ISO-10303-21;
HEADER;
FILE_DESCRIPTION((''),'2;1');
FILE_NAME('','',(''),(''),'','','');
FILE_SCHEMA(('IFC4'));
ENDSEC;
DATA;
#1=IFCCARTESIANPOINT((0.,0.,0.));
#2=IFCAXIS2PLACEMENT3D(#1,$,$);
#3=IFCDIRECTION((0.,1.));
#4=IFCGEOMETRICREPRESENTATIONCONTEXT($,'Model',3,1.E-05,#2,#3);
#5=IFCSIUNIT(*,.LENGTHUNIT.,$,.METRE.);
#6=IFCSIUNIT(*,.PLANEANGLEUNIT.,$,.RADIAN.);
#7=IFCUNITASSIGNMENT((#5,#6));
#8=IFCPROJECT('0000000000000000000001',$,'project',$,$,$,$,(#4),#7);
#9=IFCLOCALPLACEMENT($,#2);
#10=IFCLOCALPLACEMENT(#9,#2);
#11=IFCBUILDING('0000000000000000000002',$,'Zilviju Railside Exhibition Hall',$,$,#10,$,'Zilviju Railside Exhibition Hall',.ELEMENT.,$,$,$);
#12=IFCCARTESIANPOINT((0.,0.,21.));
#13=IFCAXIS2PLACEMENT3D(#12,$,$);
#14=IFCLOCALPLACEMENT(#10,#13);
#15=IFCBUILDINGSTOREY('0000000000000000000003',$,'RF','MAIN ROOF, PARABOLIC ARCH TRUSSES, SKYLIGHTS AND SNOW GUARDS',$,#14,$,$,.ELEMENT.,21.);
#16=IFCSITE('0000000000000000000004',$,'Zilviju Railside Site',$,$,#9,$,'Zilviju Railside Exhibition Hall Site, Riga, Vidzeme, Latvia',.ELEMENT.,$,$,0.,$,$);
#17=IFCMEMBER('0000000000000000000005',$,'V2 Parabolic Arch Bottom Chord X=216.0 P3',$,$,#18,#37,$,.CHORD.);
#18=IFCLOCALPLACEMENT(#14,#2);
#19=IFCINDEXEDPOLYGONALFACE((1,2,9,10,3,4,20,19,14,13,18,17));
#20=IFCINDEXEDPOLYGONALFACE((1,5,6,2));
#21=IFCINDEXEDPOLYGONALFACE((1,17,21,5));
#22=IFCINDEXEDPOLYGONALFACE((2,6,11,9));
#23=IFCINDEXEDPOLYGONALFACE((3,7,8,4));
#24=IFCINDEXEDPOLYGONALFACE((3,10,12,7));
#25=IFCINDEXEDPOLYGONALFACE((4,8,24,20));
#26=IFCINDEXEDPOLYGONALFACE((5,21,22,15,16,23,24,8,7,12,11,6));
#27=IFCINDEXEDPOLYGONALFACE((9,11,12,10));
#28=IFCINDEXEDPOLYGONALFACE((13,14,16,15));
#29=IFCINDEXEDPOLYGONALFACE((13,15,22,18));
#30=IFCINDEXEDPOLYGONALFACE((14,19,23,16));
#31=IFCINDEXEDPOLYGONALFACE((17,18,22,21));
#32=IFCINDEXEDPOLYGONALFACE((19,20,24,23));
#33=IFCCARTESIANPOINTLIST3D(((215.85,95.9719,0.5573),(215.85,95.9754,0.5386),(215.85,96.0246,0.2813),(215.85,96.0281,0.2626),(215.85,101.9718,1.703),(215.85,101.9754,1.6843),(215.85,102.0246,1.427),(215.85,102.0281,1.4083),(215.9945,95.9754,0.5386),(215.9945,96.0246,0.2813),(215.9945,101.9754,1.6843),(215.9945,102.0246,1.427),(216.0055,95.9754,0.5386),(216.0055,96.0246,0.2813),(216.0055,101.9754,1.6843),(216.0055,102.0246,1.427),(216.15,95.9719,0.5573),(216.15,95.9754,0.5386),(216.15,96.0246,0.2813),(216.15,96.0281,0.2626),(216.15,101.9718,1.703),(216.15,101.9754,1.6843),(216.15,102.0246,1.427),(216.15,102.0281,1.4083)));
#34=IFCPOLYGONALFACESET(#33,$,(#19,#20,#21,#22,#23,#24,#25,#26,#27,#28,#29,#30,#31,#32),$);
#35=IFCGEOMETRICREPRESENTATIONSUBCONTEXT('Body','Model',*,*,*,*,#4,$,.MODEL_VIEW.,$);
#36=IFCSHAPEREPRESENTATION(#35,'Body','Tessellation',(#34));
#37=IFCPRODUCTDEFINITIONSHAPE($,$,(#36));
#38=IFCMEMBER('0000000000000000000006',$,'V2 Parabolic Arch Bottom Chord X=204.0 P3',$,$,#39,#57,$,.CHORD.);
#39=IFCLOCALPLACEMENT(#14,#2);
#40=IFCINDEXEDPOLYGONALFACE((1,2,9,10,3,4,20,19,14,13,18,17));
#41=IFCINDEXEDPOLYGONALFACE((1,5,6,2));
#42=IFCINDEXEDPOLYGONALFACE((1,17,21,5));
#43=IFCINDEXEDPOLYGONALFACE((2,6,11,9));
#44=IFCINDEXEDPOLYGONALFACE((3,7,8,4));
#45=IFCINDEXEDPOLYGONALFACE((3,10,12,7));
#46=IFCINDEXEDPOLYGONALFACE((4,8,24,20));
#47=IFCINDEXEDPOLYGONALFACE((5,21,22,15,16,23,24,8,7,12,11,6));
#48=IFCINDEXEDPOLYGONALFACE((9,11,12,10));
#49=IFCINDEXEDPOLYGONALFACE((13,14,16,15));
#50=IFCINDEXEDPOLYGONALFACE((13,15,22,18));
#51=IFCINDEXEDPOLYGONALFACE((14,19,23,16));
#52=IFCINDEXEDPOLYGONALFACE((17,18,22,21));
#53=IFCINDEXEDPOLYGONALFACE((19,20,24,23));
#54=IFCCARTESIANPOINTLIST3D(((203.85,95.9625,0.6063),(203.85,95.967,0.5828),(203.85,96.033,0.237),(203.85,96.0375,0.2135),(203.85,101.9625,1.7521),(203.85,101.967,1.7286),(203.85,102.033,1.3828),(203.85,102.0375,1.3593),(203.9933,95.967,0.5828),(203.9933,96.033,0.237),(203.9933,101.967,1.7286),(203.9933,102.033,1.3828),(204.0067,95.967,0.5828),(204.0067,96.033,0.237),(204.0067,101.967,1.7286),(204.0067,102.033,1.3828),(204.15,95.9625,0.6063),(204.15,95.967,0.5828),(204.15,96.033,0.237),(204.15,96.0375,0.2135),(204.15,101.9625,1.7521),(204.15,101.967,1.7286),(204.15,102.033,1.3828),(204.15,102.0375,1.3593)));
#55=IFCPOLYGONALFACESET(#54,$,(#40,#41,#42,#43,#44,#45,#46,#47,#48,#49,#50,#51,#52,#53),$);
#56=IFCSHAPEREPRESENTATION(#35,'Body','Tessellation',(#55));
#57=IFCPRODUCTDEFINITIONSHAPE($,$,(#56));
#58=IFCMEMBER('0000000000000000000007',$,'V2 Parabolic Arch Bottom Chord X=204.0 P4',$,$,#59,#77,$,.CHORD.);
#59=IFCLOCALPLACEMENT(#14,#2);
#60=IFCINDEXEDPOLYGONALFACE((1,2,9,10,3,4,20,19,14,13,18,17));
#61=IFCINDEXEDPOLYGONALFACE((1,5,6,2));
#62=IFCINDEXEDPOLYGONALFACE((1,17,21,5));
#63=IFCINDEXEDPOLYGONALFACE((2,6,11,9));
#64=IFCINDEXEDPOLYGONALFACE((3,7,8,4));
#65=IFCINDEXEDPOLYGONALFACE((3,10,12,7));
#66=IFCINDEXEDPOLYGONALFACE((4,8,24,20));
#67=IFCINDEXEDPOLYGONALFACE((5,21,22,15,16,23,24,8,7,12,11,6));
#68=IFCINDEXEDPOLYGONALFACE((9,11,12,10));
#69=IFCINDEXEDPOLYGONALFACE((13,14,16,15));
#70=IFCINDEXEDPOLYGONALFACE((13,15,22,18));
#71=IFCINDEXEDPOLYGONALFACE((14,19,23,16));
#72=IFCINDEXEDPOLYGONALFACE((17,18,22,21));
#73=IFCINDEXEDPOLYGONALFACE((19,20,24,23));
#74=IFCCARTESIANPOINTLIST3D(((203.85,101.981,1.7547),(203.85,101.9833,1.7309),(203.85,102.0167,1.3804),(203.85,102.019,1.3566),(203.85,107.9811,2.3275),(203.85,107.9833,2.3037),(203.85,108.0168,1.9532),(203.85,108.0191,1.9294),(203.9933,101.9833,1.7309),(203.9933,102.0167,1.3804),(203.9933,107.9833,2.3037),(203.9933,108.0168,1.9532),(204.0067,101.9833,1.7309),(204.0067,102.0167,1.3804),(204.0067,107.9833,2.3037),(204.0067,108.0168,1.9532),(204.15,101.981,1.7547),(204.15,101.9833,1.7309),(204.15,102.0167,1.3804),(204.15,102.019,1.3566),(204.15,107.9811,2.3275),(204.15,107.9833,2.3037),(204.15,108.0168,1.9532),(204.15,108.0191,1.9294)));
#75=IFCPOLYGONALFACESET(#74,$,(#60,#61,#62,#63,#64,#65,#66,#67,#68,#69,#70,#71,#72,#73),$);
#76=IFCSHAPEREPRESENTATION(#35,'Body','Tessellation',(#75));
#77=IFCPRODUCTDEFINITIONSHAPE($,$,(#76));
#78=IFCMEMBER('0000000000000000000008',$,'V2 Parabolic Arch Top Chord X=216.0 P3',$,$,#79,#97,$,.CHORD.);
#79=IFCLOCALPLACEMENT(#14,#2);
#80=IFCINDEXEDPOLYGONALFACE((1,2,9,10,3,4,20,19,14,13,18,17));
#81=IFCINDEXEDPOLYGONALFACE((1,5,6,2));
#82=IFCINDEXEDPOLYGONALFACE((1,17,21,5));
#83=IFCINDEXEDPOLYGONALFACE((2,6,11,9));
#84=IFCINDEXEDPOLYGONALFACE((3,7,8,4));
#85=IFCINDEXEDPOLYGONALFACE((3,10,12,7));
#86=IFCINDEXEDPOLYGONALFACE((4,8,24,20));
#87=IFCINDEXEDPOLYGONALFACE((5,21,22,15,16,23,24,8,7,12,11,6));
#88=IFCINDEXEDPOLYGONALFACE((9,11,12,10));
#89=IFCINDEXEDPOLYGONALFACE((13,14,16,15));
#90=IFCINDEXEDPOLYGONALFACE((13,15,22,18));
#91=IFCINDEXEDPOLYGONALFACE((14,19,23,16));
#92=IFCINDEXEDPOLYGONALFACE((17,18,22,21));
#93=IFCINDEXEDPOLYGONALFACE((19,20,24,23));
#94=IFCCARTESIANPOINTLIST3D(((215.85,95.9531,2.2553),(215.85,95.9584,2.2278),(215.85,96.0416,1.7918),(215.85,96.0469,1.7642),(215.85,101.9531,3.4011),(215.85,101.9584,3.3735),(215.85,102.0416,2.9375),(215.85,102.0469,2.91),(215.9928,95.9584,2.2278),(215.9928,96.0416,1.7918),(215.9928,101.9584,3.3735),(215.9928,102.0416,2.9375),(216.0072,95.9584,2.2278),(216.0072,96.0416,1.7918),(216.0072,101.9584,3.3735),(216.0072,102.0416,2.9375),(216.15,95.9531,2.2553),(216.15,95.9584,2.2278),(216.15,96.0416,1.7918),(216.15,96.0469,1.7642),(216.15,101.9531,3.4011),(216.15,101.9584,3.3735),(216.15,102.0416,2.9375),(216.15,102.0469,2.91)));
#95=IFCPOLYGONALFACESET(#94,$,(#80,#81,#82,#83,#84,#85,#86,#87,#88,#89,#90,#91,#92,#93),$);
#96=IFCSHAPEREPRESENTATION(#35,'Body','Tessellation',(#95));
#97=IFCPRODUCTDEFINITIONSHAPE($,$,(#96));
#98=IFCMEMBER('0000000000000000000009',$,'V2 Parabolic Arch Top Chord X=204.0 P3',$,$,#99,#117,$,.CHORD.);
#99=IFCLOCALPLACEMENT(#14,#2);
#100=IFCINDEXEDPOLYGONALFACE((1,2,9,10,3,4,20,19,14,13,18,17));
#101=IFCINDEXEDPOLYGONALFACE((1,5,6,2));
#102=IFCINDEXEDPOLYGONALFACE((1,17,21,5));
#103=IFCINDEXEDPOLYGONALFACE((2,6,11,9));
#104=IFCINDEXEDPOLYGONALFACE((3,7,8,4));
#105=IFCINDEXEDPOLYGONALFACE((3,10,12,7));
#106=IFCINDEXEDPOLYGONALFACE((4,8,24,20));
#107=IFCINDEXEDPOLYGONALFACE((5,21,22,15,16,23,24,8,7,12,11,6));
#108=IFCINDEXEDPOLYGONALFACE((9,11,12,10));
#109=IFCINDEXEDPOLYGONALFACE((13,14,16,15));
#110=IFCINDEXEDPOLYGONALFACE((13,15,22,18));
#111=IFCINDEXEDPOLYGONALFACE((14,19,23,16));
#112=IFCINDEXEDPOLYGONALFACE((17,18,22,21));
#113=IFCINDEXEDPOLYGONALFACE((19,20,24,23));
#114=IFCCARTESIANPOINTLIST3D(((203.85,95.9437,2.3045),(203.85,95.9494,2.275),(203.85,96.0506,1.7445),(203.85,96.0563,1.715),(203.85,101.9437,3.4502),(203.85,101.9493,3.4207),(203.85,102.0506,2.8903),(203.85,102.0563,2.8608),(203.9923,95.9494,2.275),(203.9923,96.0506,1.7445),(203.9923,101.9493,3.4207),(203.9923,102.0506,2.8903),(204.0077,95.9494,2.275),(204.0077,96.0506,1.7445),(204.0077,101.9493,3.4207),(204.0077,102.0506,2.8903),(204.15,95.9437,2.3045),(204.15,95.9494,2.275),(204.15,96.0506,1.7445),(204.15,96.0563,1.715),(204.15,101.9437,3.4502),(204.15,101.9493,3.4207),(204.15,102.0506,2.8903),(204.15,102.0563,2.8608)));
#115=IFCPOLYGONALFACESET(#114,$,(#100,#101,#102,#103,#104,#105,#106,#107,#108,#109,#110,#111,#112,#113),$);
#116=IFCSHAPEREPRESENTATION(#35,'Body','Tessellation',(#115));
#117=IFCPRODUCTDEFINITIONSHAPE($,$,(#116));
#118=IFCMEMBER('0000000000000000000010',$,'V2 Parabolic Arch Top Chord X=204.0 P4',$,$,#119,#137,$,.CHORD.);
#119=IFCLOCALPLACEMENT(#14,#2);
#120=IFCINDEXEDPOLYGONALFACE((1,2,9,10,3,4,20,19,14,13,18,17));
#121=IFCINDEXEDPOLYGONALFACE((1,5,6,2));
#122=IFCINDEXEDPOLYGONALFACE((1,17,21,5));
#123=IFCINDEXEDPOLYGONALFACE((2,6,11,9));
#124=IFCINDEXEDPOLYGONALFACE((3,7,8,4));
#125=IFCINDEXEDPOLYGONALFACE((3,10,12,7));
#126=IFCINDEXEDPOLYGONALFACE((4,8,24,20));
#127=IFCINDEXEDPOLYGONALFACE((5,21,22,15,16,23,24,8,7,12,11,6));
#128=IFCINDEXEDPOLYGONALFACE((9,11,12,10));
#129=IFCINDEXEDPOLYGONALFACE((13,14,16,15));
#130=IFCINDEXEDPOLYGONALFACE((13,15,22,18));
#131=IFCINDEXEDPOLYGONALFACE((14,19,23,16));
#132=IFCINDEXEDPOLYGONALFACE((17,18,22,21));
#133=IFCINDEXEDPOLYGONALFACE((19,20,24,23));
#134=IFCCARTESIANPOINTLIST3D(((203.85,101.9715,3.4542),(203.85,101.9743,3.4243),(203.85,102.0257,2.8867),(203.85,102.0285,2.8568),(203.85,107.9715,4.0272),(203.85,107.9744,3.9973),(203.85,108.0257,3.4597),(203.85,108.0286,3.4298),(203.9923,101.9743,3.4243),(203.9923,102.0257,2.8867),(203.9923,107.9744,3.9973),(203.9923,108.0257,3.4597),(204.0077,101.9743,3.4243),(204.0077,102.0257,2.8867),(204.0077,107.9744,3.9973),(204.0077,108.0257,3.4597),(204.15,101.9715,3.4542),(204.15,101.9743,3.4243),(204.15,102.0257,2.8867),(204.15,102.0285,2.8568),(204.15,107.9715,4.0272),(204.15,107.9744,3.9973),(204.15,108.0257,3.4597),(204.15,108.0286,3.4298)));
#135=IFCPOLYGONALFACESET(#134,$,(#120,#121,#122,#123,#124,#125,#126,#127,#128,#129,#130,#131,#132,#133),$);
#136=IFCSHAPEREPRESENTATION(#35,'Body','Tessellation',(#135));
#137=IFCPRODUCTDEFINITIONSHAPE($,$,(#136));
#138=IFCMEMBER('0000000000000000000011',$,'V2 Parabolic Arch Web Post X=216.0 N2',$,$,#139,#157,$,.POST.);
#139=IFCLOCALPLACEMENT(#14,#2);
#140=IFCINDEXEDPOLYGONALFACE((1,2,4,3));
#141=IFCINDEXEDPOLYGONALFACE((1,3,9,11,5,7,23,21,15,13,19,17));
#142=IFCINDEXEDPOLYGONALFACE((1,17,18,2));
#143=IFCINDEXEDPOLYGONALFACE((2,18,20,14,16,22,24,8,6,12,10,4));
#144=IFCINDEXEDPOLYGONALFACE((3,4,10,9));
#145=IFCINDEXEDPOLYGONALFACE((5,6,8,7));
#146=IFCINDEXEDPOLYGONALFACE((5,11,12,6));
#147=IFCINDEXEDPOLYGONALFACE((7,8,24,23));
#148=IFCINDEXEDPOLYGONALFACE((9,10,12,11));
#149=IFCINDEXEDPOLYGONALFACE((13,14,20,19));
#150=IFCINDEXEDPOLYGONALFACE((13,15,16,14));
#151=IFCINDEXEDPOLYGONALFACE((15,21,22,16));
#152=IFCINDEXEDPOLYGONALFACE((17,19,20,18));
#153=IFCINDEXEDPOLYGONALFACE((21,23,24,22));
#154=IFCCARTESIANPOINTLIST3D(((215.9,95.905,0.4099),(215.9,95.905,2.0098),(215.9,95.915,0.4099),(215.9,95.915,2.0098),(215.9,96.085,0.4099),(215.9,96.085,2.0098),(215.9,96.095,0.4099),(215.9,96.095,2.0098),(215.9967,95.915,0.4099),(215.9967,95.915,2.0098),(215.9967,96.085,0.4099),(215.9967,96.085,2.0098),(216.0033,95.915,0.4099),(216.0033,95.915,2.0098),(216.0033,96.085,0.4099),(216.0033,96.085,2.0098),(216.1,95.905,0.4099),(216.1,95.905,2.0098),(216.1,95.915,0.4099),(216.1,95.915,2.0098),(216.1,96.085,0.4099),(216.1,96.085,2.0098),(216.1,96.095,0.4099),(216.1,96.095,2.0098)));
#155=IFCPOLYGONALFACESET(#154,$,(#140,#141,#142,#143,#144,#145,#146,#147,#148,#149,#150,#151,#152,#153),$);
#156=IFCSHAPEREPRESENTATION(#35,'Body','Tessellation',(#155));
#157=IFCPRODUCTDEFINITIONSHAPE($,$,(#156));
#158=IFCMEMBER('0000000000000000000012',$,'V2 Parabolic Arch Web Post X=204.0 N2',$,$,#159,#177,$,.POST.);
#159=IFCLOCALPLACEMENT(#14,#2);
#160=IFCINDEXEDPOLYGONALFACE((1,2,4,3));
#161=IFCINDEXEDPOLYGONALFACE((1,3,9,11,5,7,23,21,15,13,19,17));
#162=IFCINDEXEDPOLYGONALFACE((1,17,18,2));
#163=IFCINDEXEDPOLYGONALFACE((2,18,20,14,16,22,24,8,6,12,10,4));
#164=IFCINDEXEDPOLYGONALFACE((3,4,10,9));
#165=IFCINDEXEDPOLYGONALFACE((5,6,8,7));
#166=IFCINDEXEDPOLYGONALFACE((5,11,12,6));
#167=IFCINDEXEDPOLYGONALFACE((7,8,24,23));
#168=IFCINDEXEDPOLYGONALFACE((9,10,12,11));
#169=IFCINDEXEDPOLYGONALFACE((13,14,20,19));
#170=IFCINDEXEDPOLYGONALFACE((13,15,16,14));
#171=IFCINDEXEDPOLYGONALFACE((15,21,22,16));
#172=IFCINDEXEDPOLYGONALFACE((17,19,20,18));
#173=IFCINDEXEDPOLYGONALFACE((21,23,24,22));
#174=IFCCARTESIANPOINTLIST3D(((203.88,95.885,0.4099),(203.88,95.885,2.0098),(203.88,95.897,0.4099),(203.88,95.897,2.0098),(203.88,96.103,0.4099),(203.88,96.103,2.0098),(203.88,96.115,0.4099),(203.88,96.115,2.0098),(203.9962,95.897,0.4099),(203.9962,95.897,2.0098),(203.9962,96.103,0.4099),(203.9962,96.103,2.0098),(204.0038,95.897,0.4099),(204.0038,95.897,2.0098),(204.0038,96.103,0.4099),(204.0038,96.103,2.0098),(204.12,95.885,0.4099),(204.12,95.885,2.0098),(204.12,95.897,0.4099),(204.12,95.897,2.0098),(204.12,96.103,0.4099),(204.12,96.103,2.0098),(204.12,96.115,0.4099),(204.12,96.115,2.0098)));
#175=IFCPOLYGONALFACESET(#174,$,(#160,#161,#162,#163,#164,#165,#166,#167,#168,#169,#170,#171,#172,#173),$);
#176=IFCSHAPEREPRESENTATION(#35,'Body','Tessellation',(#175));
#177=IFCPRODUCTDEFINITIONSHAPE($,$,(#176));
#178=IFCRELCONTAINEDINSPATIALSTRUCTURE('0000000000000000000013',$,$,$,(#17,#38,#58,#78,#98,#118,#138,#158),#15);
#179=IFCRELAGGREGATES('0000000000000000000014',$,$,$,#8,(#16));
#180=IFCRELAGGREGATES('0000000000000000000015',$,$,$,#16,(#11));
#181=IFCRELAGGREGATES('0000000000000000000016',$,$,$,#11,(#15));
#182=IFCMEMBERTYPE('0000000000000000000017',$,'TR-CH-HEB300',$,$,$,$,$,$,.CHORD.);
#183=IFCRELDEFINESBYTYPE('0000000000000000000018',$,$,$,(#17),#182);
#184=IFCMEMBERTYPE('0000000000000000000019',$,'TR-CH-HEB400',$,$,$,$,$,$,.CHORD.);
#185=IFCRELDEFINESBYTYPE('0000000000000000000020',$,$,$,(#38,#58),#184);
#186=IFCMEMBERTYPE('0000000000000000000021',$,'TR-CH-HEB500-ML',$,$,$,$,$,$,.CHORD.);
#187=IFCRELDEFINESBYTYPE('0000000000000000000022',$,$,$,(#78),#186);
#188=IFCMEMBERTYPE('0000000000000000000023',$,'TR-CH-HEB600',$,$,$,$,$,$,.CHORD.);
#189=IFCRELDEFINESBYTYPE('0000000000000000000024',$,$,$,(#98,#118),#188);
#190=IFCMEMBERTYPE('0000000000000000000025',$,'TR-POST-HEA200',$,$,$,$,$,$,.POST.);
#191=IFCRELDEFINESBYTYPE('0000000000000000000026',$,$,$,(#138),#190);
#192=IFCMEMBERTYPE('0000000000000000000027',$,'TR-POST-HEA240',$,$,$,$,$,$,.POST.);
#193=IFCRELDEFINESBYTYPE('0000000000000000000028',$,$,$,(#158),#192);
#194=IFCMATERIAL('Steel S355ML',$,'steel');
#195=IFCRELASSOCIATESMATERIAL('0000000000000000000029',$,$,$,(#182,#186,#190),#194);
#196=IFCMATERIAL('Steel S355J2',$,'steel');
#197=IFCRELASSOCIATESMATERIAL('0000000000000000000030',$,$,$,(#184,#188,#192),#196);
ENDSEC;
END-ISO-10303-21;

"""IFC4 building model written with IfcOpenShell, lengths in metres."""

from ifc_helpers import new_model, si_unit, direction, frame, origin, origin_2d, place, context, subcontext, project, spatial, i_section, extrude, material, material_profile, profile_set, type_object, element, save


model = new_model("IFC4")

# Units and contexts
model_context = context("Model", 3, precision=1e-05, world=origin(), true_north=direction((0.0, 1.0)))
body_context = subcontext(model_context, "Body", "Model", "MODEL_VIEW")
ifc_project = project(units=[si_unit("LENGTHUNIT", "METRE"), si_unit("PLANEANGLEUNIT", "RADIAN")], contexts=[model_context])

# Site, building, storey
site_placement = place(None, origin())
site = spatial("IfcSite", under=ifc_project, at=site_placement, Name="Zilviju Railside Site", LongName="Zilviju Railside Exhibition Hall Site, Riga, Vidzeme, Latvia", CompositionType="ELEMENT", RefElevation=0.0)
building_placement = place(site_placement, origin())
building = spatial("IfcBuilding", under=site, at=building_placement, Name="Zilviju Railside Exhibition Hall", LongName="Zilviju Railside Exhibition Hall", CompositionType="ELEMENT")
storey_placement = place(building_placement, frame((0.0, 0.0, 21.0)))
storey = spatial("IfcBuildingStorey", under=building, at=storey_placement, Name="RF", Description="MAIN ROOF, PARABOLIC ARCH TRUSSES, SKYLIGHTS AND SNOW GUARDS", CompositionType="ELEMENT", Elevation=21.0)

# Members
ifc_material_1 = material(Name="Steel S355J2", Category="steel")
ifc_material_2 = material(Name="Steel S355ML", Category="steel")
ifc_material_profile_1 = material_profile(ifc_material_2, i_section(OverallWidth=0.3, OverallDepth=0.3, WebThickness=0.011, FlangeThickness=0.019, at=origin_2d()), Name="HEB 300")
ifc_profile_set_1 = profile_set([ifc_material_profile_1], Name="Steel S355ML")
member_type_1 = type_object("IfcMemberType", Name="TR-CH-HEB300", PredefinedType="CHORD", material=ifc_profile_set_1)
member_1_placement = place(storey_placement, frame((216.0, 96.0, 0.4099), z_axis=(0.0, 0.982251, 0.187569), x_axis=(-1.0, 0.0, 0.0)))
element("IfcMember", 1, at=member_1_placement, inside=storey, type_object=member_type_1, Name="V2 Parabolic Arch Bottom Chord X=216.0 P3", PredefinedType="CHORD", context=body_context, shape_type="SweptSolid", body=[
    extrude(i_section(OverallWidth=0.3, OverallDepth=0.3, WebThickness=0.011, FlangeThickness=0.019, at=origin_2d()), origin(), (0.0, 0.0, 1.0), 6.1084),
])
ifc_material_profile_2 = material_profile(ifc_material_1, i_section(OverallWidth=0.3, OverallDepth=0.3999, WebThickness=0.0134, FlangeThickness=0.0239, at=origin_2d()), Name="HEB 400")
ifc_profile_set_2 = profile_set([ifc_material_profile_2], Name="Steel S355J2")
member_type_2 = type_object("IfcMemberType", Name="TR-CH-HEB400", PredefinedType="CHORD", material=ifc_profile_set_2)
member_2_placement = place(storey_placement, frame((204.0, 96.0, 0.4099), z_axis=(0.0, 0.982251, 0.187569), x_axis=(-1.0, 0.0, 0.0)))
element("IfcMember", 2, at=member_2_placement, inside=storey, type_object=member_type_2, Name="V2 Parabolic Arch Bottom Chord X=204.0 P3", PredefinedType="CHORD", context=body_context, shape_type="SweptSolid", body=[
    extrude(i_section(OverallWidth=0.3, OverallDepth=0.3999, WebThickness=0.0134, FlangeThickness=0.0239, at=origin_2d()), origin(), (0.0, 0.0, 1.0), 6.1084),
])
member_3_placement = place(storey_placement, frame((204.0, 102.0, 1.5557), z_axis=(0.0, 0.995475, 0.095027), x_axis=(-1.0, 0.0, 0.0)))
element("IfcMember", 3, at=member_3_placement, inside=storey, type_object=member_type_2, Name="V2 Parabolic Arch Bottom Chord X=204.0 P4", PredefinedType="CHORD", context=body_context, shape_type="SweptSolid", body=[
    extrude(i_section(OverallWidth=0.3, OverallDepth=0.3999, WebThickness=0.0134, FlangeThickness=0.0239, at=origin_2d()), origin(), (0.0, 0.0, 1.0), 6.0273),
])
ifc_material_profile_3 = material_profile(ifc_material_2, i_section(OverallWidth=0.3, OverallDepth=0.5, WebThickness=0.0144, FlangeThickness=0.0281, at=origin_2d()), Name="HEB 500")
ifc_profile_set_3 = profile_set([ifc_material_profile_3], Name="Steel S355ML")
member_type_3 = type_object("IfcMemberType", Name="TR-CH-HEB500-ML", PredefinedType="CHORD", material=ifc_profile_set_3)
member_4_placement = place(storey_placement, frame((216.0, 96.0, 2.0098), z_axis=(0.0, 0.982251, 0.187569), x_axis=(-1.0, 0.0, 0.0)))
element("IfcMember", 4, at=member_4_placement, inside=storey, type_object=member_type_3, Name="V2 Parabolic Arch Top Chord X=216.0 P3", PredefinedType="CHORD", context=body_context, shape_type="SweptSolid", body=[
    extrude(i_section(OverallWidth=0.3, OverallDepth=0.5, WebThickness=0.0144, FlangeThickness=0.0281, at=origin_2d()), origin(), (0.0, 0.0, 1.0), 6.1084),
])
ifc_material_profile_4 = material_profile(ifc_material_1, i_section(OverallWidth=0.3, OverallDepth=0.6001, WebThickness=0.0154, FlangeThickness=0.03, at=origin_2d()), Name="HEB 600")
ifc_profile_set_4 = profile_set([ifc_material_profile_4], Name="Steel S355J2")
member_type_4 = type_object("IfcMemberType", Name="TR-CH-HEB600", PredefinedType="CHORD", material=ifc_profile_set_4)
member_5_placement = place(storey_placement, frame((204.0, 96.0, 2.0098), z_axis=(0.0, 0.982251, 0.187569), x_axis=(-1.0, 0.0, 0.0)))
element("IfcMember", 5, at=member_5_placement, inside=storey, type_object=member_type_4, Name="V2 Parabolic Arch Top Chord X=204.0 P3", PredefinedType="CHORD", context=body_context, shape_type="SweptSolid", body=[
    extrude(i_section(OverallWidth=0.3, OverallDepth=0.6001, WebThickness=0.0154, FlangeThickness=0.03, at=origin_2d()), origin(), (0.0, 0.0, 1.0), 6.1084),
])
member_6_placement = place(storey_placement, frame((204.0, 102.0, 3.1555), z_axis=(0.0, 0.995471, 0.095067), x_axis=(-1.0, 0.0, 0.0)))
element("IfcMember", 6, at=member_6_placement, inside=storey, type_object=member_type_4, Name="V2 Parabolic Arch Top Chord X=204.0 P4", PredefinedType="CHORD", context=body_context, shape_type="SweptSolid", body=[
    extrude(i_section(OverallWidth=0.3, OverallDepth=0.6001, WebThickness=0.0154, FlangeThickness=0.03, at=origin_2d()), origin(), (0.0, 0.0, 1.0), 6.0273),
])
ifc_material_profile_5 = material_profile(ifc_material_2, i_section(OverallWidth=0.2, OverallDepth=0.1899, WebThickness=0.0066, FlangeThickness=0.01, at=origin_2d()), Name="HEA 200")
ifc_profile_set_5 = profile_set([ifc_material_profile_5], Name="Steel S355ML")
member_type_5 = type_object("IfcMemberType", Name="TR-POST-HEA200", PredefinedType="POST", material=ifc_profile_set_5)
member_7_placement = place(storey_placement, frame((216.0, 96.0, 0.4099), z_axis=(0.0, 0.0, 1.0), x_axis=(1.0, 0.0, 0.0)))
element("IfcMember", 7, at=member_7_placement, inside=storey, type_object=member_type_5, Name="V2 Parabolic Arch Web Post X=216.0 N2", PredefinedType="POST", context=body_context, shape_type="SweptSolid", body=[
    extrude(i_section(OverallWidth=0.2, OverallDepth=0.1899, WebThickness=0.0066, FlangeThickness=0.01, at=origin_2d()), origin(), (0.0, 0.0, 1.0), 1.5999),
])
ifc_material_profile_6 = material_profile(ifc_material_1, i_section(OverallWidth=0.24, OverallDepth=0.23, WebThickness=0.0076, FlangeThickness=0.012, at=origin_2d()), Name="HEA 240")
ifc_profile_set_6 = profile_set([ifc_material_profile_6], Name="Steel S355J2")
member_type_6 = type_object("IfcMemberType", Name="TR-POST-HEA240", PredefinedType="POST", material=ifc_profile_set_6)
for number, where, z_axis, x_axis, name in (
    (8, (204.0, 96.0, 0.4099), (0.0, 0.0, 1.0), (1.0, 0.0, 0.0), "V2 Parabolic Arch Web Post X=204.0 N2"),
):
    element("IfcMember", number, at=place(storey_placement, frame(where, z_axis=z_axis, x_axis=x_axis)), inside=storey, type_object=member_type_6, Name=name, PredefinedType="POST", context=body_context, shape_type="SweptSolid", body=[
        extrude(i_section(OverallWidth=0.24, OverallDepth=0.23, WebThickness=0.0076, FlangeThickness=0.012, at=origin_2d()), origin(), (0.0, 0.0, 1.0), 1.5999),
    ])

save(model, "model.ifc")
